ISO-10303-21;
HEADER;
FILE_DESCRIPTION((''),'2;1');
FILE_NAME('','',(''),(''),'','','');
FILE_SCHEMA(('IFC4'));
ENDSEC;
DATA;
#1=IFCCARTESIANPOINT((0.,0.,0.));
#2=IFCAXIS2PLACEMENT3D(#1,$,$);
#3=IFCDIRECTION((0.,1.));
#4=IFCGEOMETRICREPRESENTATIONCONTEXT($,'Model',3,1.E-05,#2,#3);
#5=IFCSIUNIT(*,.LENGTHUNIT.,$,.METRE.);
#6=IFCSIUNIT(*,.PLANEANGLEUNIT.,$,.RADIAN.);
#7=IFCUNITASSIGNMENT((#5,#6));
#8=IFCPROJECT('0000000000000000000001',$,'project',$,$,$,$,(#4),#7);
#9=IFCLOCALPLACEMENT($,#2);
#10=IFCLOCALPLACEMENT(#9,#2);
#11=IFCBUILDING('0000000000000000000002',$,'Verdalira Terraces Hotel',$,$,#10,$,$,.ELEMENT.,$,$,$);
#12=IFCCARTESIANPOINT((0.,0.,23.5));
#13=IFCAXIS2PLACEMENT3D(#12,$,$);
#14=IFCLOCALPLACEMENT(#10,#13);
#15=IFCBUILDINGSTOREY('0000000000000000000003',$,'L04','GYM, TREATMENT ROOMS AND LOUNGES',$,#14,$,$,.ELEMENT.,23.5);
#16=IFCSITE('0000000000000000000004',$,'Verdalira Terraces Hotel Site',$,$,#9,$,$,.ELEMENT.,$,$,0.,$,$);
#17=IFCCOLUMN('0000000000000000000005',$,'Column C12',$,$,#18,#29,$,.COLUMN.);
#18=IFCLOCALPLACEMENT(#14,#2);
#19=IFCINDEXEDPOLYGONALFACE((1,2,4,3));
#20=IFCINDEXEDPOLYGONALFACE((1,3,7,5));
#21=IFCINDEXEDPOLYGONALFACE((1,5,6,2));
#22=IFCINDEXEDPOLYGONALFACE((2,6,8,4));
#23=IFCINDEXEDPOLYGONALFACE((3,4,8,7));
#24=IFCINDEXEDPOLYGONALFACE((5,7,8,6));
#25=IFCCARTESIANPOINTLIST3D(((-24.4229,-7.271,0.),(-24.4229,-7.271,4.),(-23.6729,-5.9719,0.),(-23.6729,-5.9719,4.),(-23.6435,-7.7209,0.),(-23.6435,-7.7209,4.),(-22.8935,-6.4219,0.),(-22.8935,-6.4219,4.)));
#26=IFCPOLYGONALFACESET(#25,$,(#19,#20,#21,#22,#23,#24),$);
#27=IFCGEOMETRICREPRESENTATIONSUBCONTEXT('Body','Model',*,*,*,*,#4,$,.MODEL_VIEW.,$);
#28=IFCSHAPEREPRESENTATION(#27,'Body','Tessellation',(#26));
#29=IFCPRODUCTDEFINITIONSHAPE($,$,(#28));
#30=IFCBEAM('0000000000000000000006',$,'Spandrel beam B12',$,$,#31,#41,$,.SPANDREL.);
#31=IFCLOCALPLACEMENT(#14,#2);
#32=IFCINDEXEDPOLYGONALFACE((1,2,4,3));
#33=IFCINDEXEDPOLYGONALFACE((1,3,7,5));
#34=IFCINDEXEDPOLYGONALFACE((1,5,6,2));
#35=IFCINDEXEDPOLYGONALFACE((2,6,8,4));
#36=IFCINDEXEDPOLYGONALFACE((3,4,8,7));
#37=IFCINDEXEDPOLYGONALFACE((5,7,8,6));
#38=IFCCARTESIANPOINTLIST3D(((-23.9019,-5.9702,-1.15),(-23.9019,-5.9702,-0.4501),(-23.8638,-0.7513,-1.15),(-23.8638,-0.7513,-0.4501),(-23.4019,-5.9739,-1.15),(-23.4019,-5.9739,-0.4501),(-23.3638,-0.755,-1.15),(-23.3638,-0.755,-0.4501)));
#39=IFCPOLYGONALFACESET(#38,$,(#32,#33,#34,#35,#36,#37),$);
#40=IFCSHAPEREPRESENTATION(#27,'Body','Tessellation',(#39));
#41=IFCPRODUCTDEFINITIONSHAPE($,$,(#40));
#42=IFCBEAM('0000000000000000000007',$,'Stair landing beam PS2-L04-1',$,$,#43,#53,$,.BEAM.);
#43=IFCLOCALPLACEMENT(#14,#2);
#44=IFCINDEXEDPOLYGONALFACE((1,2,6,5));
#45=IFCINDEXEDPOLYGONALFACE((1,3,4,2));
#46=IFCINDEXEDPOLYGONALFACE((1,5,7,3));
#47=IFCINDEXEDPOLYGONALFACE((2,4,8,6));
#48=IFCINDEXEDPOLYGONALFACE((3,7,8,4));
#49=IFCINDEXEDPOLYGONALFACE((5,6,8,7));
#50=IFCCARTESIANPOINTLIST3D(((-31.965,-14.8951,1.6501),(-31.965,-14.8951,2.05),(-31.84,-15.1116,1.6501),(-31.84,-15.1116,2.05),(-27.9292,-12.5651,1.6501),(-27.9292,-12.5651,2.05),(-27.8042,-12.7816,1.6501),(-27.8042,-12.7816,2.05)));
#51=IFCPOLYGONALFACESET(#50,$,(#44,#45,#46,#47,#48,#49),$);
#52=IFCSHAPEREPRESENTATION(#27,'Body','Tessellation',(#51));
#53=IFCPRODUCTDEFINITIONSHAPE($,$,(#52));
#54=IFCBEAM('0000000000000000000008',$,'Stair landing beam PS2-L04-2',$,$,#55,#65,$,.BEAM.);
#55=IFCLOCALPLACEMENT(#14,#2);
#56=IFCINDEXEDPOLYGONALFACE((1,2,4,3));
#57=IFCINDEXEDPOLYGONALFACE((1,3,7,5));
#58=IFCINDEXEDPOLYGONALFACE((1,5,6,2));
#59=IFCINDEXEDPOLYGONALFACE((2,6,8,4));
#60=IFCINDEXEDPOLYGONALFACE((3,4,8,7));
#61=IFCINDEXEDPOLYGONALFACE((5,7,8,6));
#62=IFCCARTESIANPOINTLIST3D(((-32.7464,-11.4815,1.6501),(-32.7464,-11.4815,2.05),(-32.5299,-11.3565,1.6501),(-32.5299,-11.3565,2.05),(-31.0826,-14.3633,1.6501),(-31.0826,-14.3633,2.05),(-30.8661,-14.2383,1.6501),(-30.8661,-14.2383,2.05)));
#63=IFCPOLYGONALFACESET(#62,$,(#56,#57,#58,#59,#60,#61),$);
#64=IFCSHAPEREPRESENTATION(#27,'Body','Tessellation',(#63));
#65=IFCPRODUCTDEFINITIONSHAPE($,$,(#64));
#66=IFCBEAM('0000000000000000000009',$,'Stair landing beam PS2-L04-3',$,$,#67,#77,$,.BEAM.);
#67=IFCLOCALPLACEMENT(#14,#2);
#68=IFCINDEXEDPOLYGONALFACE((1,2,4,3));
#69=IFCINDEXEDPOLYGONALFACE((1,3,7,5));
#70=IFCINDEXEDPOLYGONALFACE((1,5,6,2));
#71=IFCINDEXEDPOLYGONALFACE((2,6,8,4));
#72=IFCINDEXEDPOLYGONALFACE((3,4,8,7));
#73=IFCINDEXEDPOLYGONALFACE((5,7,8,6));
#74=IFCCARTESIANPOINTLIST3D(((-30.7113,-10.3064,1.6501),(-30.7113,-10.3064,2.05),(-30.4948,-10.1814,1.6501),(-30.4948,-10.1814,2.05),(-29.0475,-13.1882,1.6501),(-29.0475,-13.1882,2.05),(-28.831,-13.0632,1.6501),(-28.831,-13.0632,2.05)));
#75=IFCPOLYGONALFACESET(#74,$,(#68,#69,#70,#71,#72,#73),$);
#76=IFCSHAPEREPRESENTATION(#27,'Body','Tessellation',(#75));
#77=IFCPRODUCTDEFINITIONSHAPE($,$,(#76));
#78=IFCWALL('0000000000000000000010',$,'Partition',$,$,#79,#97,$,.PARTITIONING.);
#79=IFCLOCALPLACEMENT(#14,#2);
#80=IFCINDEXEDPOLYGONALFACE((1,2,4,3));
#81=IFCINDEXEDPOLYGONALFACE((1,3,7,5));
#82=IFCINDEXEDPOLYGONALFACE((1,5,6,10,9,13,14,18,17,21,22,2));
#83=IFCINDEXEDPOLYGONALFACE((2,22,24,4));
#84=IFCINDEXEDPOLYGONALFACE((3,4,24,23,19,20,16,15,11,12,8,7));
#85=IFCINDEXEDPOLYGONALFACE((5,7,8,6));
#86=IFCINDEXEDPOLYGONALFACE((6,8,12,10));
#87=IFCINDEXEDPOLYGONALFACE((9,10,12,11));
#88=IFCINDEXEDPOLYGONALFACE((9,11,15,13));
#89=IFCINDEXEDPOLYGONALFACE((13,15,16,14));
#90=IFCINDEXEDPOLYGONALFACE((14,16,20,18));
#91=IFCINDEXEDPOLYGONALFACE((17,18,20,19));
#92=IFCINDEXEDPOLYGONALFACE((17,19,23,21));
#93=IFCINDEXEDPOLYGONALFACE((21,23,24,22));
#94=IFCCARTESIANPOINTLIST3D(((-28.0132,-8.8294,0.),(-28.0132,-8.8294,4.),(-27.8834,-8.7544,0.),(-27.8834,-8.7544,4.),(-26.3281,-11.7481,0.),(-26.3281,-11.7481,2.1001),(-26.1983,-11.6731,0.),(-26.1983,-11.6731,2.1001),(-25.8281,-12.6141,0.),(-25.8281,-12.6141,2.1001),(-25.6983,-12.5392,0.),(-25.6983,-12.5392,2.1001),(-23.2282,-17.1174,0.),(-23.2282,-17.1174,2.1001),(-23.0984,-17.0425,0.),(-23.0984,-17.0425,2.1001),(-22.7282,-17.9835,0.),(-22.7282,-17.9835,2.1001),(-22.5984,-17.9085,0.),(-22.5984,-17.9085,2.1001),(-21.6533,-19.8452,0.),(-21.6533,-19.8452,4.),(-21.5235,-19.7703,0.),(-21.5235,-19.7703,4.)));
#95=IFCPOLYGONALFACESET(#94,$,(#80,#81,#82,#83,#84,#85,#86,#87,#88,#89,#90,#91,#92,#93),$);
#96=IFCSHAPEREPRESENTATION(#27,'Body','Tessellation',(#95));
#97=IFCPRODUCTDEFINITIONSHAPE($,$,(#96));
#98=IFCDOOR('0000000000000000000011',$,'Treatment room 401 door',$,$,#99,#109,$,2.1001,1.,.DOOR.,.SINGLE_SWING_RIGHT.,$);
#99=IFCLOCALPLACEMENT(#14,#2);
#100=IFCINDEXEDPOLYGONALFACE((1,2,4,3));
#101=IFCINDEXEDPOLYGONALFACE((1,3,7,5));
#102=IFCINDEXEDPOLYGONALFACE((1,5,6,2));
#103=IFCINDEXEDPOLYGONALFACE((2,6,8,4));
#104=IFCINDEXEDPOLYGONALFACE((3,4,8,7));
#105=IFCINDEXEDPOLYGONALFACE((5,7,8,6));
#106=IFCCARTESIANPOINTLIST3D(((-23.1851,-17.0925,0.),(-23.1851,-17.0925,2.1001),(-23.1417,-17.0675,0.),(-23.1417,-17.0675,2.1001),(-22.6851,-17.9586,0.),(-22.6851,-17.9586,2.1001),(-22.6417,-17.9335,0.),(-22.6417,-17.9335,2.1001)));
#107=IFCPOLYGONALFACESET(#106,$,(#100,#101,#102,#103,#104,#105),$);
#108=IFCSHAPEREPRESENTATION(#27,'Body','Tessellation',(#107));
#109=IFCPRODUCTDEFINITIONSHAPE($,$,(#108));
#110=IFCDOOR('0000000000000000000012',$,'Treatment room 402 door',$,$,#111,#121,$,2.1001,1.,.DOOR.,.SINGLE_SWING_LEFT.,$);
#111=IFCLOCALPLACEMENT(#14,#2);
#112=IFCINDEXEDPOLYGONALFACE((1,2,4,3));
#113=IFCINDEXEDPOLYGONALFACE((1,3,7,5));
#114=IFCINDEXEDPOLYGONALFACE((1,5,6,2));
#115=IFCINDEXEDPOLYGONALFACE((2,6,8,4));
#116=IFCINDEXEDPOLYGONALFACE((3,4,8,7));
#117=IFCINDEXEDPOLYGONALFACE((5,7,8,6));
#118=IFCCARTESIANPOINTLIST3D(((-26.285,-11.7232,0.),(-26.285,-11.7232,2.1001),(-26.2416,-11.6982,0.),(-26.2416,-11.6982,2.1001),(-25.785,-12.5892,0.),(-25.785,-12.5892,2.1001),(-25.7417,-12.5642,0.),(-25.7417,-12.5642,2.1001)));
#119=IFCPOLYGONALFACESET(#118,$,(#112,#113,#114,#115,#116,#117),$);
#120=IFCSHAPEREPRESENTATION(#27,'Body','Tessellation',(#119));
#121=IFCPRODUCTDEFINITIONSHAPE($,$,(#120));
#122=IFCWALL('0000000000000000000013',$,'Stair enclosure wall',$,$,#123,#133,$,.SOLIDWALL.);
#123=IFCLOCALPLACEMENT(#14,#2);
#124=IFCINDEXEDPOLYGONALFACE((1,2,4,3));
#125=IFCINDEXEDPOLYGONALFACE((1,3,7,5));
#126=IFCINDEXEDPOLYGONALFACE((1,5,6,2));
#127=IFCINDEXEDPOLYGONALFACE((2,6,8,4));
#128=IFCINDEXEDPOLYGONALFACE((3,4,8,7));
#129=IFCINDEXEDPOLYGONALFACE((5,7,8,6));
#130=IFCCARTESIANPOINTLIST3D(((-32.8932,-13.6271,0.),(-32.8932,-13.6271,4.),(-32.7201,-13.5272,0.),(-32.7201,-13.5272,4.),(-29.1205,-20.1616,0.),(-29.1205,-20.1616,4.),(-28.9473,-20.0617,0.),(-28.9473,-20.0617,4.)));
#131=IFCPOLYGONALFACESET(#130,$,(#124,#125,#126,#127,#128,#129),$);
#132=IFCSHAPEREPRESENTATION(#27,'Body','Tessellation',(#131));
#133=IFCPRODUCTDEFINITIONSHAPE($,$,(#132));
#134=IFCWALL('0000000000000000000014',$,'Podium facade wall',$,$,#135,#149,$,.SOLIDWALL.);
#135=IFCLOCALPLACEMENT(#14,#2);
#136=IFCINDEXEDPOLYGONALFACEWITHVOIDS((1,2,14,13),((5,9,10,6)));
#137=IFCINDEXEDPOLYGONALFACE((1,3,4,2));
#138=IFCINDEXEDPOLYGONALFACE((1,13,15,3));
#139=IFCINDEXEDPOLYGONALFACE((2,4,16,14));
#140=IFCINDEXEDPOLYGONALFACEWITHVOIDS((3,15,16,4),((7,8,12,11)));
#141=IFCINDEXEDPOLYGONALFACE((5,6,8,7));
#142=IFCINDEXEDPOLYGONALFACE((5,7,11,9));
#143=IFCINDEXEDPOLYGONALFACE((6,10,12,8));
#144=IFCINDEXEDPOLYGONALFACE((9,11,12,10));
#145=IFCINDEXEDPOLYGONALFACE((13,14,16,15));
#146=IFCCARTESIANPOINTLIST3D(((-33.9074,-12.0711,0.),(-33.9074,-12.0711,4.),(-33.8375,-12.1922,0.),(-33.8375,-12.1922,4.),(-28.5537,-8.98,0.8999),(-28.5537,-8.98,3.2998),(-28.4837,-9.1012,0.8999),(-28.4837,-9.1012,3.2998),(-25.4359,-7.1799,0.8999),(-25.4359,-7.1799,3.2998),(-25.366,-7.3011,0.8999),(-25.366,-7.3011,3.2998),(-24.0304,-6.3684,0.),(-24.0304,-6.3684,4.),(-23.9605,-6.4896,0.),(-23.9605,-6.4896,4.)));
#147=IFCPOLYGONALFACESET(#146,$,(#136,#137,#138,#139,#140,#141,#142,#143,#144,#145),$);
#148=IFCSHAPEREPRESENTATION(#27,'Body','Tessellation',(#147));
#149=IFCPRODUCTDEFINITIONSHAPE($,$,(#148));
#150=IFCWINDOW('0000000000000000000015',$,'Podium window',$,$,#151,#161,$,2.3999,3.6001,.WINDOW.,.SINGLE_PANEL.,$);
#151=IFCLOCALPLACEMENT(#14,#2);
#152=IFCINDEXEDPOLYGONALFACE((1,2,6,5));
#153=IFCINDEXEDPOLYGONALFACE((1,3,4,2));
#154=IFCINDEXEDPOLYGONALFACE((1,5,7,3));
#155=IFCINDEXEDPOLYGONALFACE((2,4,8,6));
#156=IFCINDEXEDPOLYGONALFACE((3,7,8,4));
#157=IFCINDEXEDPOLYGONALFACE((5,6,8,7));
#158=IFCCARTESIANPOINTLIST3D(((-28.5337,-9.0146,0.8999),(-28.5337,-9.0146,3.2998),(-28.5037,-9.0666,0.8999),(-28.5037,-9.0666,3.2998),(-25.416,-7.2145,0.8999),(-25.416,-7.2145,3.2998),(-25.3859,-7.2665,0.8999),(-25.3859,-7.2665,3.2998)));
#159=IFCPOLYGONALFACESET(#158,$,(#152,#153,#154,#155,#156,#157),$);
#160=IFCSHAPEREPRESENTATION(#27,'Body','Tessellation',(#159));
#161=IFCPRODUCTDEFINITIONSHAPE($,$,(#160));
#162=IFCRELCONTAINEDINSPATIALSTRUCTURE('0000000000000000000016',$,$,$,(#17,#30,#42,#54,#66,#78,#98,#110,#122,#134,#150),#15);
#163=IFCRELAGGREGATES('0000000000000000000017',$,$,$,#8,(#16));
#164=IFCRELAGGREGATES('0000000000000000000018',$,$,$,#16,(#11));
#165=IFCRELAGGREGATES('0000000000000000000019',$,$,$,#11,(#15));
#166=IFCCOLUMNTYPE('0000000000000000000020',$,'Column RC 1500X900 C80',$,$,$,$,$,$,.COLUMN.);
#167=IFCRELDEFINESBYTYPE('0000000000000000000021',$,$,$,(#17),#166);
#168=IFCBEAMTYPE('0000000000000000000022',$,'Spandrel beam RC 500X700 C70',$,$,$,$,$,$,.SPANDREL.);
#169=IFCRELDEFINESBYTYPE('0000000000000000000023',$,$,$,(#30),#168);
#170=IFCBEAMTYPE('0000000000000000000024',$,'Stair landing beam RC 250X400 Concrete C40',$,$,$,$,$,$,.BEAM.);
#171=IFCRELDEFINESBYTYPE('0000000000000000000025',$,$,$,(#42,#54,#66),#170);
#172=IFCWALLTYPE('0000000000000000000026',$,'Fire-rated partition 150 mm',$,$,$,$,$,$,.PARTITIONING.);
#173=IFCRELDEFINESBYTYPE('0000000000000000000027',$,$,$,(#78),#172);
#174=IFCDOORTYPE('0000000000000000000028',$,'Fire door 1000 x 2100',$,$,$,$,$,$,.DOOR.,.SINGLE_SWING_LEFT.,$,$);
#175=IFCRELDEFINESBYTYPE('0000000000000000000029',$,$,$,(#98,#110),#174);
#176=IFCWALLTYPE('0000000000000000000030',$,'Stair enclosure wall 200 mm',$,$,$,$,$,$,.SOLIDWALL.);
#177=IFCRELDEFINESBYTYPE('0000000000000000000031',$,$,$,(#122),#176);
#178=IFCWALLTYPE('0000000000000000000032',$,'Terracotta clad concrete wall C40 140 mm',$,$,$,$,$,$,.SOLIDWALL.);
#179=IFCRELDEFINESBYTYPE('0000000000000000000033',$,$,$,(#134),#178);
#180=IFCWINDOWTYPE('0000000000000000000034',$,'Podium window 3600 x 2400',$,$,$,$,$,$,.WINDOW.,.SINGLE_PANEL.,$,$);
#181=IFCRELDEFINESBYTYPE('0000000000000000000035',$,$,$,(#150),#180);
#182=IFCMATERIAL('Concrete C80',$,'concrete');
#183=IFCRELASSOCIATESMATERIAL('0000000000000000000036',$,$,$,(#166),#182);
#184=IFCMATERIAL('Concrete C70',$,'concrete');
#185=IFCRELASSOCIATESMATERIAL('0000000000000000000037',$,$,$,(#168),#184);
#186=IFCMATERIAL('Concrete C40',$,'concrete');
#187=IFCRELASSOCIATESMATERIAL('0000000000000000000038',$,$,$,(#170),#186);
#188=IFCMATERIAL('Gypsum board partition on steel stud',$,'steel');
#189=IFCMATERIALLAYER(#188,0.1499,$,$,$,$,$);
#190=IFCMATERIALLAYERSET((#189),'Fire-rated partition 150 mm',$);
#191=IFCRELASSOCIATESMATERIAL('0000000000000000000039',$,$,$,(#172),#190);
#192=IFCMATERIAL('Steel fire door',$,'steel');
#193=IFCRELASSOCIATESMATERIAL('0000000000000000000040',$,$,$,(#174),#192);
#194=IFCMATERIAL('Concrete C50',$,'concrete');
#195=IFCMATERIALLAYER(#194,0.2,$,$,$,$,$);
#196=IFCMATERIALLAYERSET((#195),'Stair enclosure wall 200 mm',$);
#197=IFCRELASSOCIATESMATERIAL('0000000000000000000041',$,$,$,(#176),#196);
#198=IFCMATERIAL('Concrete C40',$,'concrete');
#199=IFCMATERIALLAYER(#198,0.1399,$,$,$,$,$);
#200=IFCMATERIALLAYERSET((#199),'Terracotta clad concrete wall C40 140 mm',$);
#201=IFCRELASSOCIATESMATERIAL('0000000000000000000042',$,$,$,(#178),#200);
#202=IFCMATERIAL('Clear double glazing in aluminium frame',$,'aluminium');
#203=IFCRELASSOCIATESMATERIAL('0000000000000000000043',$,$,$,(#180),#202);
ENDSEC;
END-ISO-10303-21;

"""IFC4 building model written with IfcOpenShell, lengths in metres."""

from ifc_helpers import new_model, si_unit, direction, frame, frame_2d, origin, origin_2d, place, context, subcontext, project, spatial, rectangle, extrude, material, layer, layer_set, material_profile, profile_set, type_object, element, fill, save


model = new_model("IFC4")

# Units and contexts
model_context = context("Model", 3, precision=1e-05, world=origin(), true_north=direction((0.0, 1.0)))
body_context = subcontext(model_context, "Body", "Model", "MODEL_VIEW")
ifc_project = project(units=[si_unit("LENGTHUNIT", "METRE"), si_unit("PLANEANGLEUNIT", "RADIAN")], contexts=[model_context])

# Site, building, storey
site_placement = place(None, origin())
site = spatial("IfcSite", under=ifc_project, at=site_placement, Name="Verdalira Terraces Hotel Site", CompositionType="ELEMENT", RefElevation=0.0)
building_placement = place(site_placement, origin())
building = spatial("IfcBuilding", under=site, at=building_placement, Name="Verdalira Terraces Hotel", CompositionType="ELEMENT")
storey_placement = place(building_placement, frame((0.0, 0.0, 23.5)))
storey = spatial("IfcBuildingStorey", under=building, at=storey_placement, Name="L04", Description="GYM, TREATMENT ROOMS AND LOUNGES", CompositionType="ELEMENT", Elevation=23.5)

# Column
ifc_material_1 = material(Name="Concrete C80", Category="concrete")
ifc_material_profile_1 = material_profile(ifc_material_1, rectangle(XDim=1.5, YDim=0.8999, at=origin_2d()), Name="RC 1500X900")
ifc_profile_set_1 = profile_set([ifc_material_profile_1], Name="Concrete C80")
column_type = type_object("IfcColumnType", Name="Column RC 1500X900 C80", PredefinedType="COLUMN", material=ifc_profile_set_1)
column_placement = place(storey_placement, frame((-23.6582, -6.8464, 0.0), z_axis=(0.0, 0.0, 1.0), x_axis=(0.5, 0.866025, 0.0)))
element("IfcColumn", 1, at=column_placement, inside=storey, type_object=column_type, Name="Column C12", PredefinedType="COLUMN", context=body_context, shape_type="SweptSolid", body=[
    extrude(rectangle(XDim=1.5, YDim=0.8999, at=origin_2d()), origin(), (0.0, 0.0, 1.0), 4.0),
])

# Beams
ifc_material_2 = material(Name="Concrete C70", Category="concrete")
ifc_material_profile_2 = material_profile(ifc_material_2, rectangle(XDim=0.5, YDim=0.7, at=origin_2d()), Name="RC 500X700")
ifc_profile_set_2 = profile_set([ifc_material_profile_2], Name="Concrete C70")
beam_type_1 = type_object("IfcBeamType", Name="Spandrel beam RC 500X700 C70", PredefinedType="SPANDREL", material=ifc_profile_set_2)
beam_1_placement = place(storey_placement, frame((-23.6138, -0.7532, -0.8), z_axis=(-0.007298, -0.999973, 0.0), x_axis=(0.999973, -0.007298, 0.0)))
element("IfcBeam", 2, at=beam_1_placement, inside=storey, type_object=beam_type_1, Name="Spandrel beam B12", PredefinedType="SPANDREL", context=body_context, shape_type="SweptSolid", body=[
    extrude(rectangle(XDim=0.5, YDim=0.7, at=origin_2d()), origin(), (0.0, 0.0, 1.0), 5.219),
])
ifc_material_3 = material(Name="Concrete C40", Category="concrete")
ifc_material_profile_3 = material_profile(ifc_material_3, rectangle(XDim=0.25, YDim=0.3999, at=origin_2d()), Name="RC 250X400")
ifc_profile_set_3 = profile_set([ifc_material_profile_3], Name="Concrete C40")
beam_type_2 = type_object("IfcBeamType", Name="Stair landing beam RC 250X400 Concrete C40", PredefinedType="BEAM", material=ifc_profile_set_3)
beam_2_placement = place(storey_placement, frame((-27.8667, -12.6733, 1.8501), z_axis=(-0.866029, -0.499993, 0.0), x_axis=(0.499993, -0.866029, 0.0)))
element("IfcBeam", 3, at=beam_2_placement, inside=storey, type_object=beam_type_2, Name="Stair landing beam PS2-L04-1", PredefinedType="BEAM", context=body_context, shape_type="SweptSolid", body=[
    extrude(rectangle(XDim=0.25, YDim=0.3999, at=origin_2d()), origin(), (0.0, 0.0, 1.0), 4.6602),
])
for number, where, z_axis, x_axis, name in (
    (4, (-30.9744, -14.3008, 1.8501), (-0.499998, 0.866027, 0.0), (-0.866027, -0.499998, 0.0), "Stair landing beam PS2-L04-2"),
    (5, (-28.9392, -13.1257, 1.8501), (-0.499998, 0.866027, 0.0), (-0.866027, -0.499998, 0.0), "Stair landing beam PS2-L04-3"),
):
    element("IfcBeam", number, at=place(storey_placement, frame(where, z_axis=z_axis, x_axis=x_axis)), inside=storey, type_object=beam_type_2, Name=name, PredefinedType="BEAM", context=body_context, shape_type="SweptSolid", body=[
        extrude(rectangle(XDim=0.25, YDim=0.3999, at=origin_2d()), origin(), (0.0, 0.0, 1.0), 3.3276),
    ])

# Wall, openings, doors
ifc_material_4 = material(Name="Gypsum board partition on steel stud", Category="steel")
ifc_layer_1 = layer(ifc_material_4, 0.1499)
ifc_layer_set_1 = layer_set([ifc_layer_1], Name="Fire-rated partition 150 mm")
wall_type_1 = type_object("IfcWallType", Name="Fire-rated partition 150 mm", PredefinedType="PARTITIONING", material=ifc_layer_set_1)
wall_1_placement = place(storey_placement, frame((-27.9482, -8.792, 0.0), z_axis=(0.0, 0.0, 1.0), x_axis=(0.499991, -0.866031, 0.0)))
wall_1 = element("IfcWall", 6, at=wall_1_placement, inside=storey, type_object=wall_type_1, Name="Partition", PredefinedType="PARTITIONING", context=body_context, shape_type="SweptSolid", body=[
    extrude(rectangle(XDim=12.72, YDim=0.1499, at=frame_2d((6.3599, 0.0))), origin(), (0.0, 0.0, 1.0), 4.0),
])
opening_1_placement = place(wall_1_placement, frame((9.5701, 0.0, 0.0)))
opening_1 = element("IfcOpeningElement", 7, at=opening_1_placement, cuts=wall_1, PredefinedType="OPENING", context=body_context, shape_type="SweptSolid", body=[
    extrude(rectangle(XDim=1.0, YDim=2.1001, at=frame_2d((0.5, 1.05))), frame((0.0, 0.085, 0.0), z_axis=(0.0, -1.0, 0.0), x_axis=(1.0, 0.0, 0.0)), (0.0, 0.0, 1.0), 0.1699),
])
opening_2_placement = place(wall_1_placement, frame((3.3701, 0.0, 0.0)))
opening_2 = element("IfcOpeningElement", 8, at=opening_2_placement, cuts=wall_1, PredefinedType="OPENING", context=body_context, shape_type="SweptSolid", body=[
    extrude(rectangle(XDim=1.0, YDim=2.1001, at=frame_2d((0.5, 1.05))), frame((0.0, 0.085, 0.0), z_axis=(0.0, -1.0, 0.0), x_axis=(1.0, 0.0, 0.0)), (0.0, 0.0, 1.0), 0.1699),
])
ifc_material_5 = material(Name="Steel fire door", Category="steel")
door_type = type_object("IfcDoorType", Name="Fire door 1000 x 2100", OperationType="SINGLE_SWING_LEFT", PredefinedType="DOOR", material=ifc_material_5)
door_1_placement = place(opening_1_placement, origin())
door_1 = element("IfcDoor", 9, at=door_1_placement, inside=storey, type_object=door_type, Name="Treatment room 401 door", OperationType="SINGLE_SWING_RIGHT", OverallHeight=2.1001, OverallWidth=1.0, PredefinedType="DOOR", context=body_context, shape_type="SweptSolid", body=[
    extrude(rectangle(XDim=1.0, YDim=2.1001, at=frame_2d((0.5, 1.05))), frame((0.0, 0.0249, 0.0), z_axis=(0.0, -1.0, 0.0), x_axis=(1.0, 0.0, 0.0)), (0.0, 0.0, 1.0), 0.05),
])
fill(opening_1, door_1)
door_2_placement = place(opening_2_placement, origin())
door_2 = element("IfcDoor", 10, at=door_2_placement, inside=storey, type_object=door_type, Name="Treatment room 402 door", OperationType="SINGLE_SWING_LEFT", OverallHeight=2.1001, OverallWidth=1.0, PredefinedType="DOOR", context=body_context, shape_type="SweptSolid", body=[
    extrude(rectangle(XDim=1.0, YDim=2.1001, at=frame_2d((0.5, 1.05))), frame((0.0, 0.0249, 0.0), z_axis=(0.0, -1.0, 0.0), x_axis=(1.0, 0.0, 0.0)), (0.0, 0.0, 1.0), 0.05),
])
fill(opening_2, door_2)

# Wall
ifc_material_6 = material(Name="Concrete C50", Category="concrete")
ifc_layer_2 = layer(ifc_material_6, 0.2)
ifc_layer_set_2 = layer_set([ifc_layer_2], Name="Stair enclosure wall 200 mm")
wall_type_2 = type_object("IfcWallType", Name="Stair enclosure wall 200 mm", PredefinedType="SOLIDWALL", material=ifc_layer_set_2)
wall_2_placement = place(storey_placement, frame((-32.8066, -13.5771, 0.0), z_axis=(0.0, 0.0, 1.0), x_axis=(0.500005, -0.866022, 0.0)))
element("IfcWall", 11, at=wall_2_placement, inside=storey, type_object=wall_type_2, Name="Stair enclosure wall", PredefinedType="SOLIDWALL", context=body_context, shape_type="SweptSolid", body=[
    extrude(rectangle(XDim=7.5454, YDim=0.2, at=frame_2d((3.7727, 0.0))), origin(), (0.0, 0.0, 1.0), 4.0),
])

# Wall, opening, window
ifc_material_7 = material(Name="Concrete C40", Category="concrete")
ifc_layer_3 = layer(ifc_material_7, 0.1399)
ifc_layer_set_3 = layer_set([ifc_layer_3], Name="Terracotta clad concrete wall C40 140 mm")
wall_type_3 = type_object("IfcWallType", Name="Terracotta clad concrete wall C40 140 mm", PredefinedType="SOLIDWALL", material=ifc_layer_set_3)
wall_3_placement = place(storey_placement, frame((-23.9954, -6.429, 0.0), z_axis=(0.0, 0.0, 1.0), x_axis=(-0.866019, -0.500012, 0.0)))
wall_3 = element("IfcWall", 12, at=wall_3_placement, inside=storey, type_object=wall_type_3, Name="Podium facade wall", PredefinedType="SOLIDWALL", context=body_context, shape_type="SweptSolid", body=[
    extrude(rectangle(XDim=11.405, YDim=0.1399, at=frame_2d((5.7026, 0.0))), origin(), (0.0, 0.0, 1.0), 4.0),
])
opening_3_placement = place(wall_3_placement, frame((1.623, 0.0, 0.8999)))
opening_3 = element("IfcOpeningElement", 13, at=opening_3_placement, cuts=wall_3, PredefinedType="OPENING", context=body_context, shape_type="SweptSolid", body=[
    extrude(rectangle(XDim=3.6001, YDim=2.3999, at=frame_2d((1.8, 1.2))), frame((0.0, 0.0798, 0.0), z_axis=(0.0, -1.0, 0.0), x_axis=(1.0, 0.0, 0.0)), (0.0, 0.0, 1.0), 0.1599),
])
ifc_material_8 = material(Name="Clear double glazing in aluminium frame", Category="aluminium")
window_type = type_object("IfcWindowType", Name="Podium window 3600 x 2400", PartitioningType="SINGLE_PANEL", PredefinedType="WINDOW", material=ifc_material_8)
window_placement = place(opening_3_placement, origin())
window = element("IfcWindow", 14, at=window_placement, inside=storey, type_object=window_type, Name="Podium window", OverallHeight=2.3999, OverallWidth=3.6001, PartitioningType="SINGLE_PANEL", PredefinedType="WINDOW", context=body_context, shape_type="SweptSolid", body=[
    extrude(rectangle(XDim=3.6001, YDim=2.3999, at=frame_2d((1.8, 1.2))), frame((0.0, 0.03, 0.0), z_axis=(0.0, -1.0, 0.0), x_axis=(1.0, 0.0, 0.0)), (0.0, 0.0, 1.0), 0.0601),
])
fill(opening_3, window)

save(model, "model.ifc")
